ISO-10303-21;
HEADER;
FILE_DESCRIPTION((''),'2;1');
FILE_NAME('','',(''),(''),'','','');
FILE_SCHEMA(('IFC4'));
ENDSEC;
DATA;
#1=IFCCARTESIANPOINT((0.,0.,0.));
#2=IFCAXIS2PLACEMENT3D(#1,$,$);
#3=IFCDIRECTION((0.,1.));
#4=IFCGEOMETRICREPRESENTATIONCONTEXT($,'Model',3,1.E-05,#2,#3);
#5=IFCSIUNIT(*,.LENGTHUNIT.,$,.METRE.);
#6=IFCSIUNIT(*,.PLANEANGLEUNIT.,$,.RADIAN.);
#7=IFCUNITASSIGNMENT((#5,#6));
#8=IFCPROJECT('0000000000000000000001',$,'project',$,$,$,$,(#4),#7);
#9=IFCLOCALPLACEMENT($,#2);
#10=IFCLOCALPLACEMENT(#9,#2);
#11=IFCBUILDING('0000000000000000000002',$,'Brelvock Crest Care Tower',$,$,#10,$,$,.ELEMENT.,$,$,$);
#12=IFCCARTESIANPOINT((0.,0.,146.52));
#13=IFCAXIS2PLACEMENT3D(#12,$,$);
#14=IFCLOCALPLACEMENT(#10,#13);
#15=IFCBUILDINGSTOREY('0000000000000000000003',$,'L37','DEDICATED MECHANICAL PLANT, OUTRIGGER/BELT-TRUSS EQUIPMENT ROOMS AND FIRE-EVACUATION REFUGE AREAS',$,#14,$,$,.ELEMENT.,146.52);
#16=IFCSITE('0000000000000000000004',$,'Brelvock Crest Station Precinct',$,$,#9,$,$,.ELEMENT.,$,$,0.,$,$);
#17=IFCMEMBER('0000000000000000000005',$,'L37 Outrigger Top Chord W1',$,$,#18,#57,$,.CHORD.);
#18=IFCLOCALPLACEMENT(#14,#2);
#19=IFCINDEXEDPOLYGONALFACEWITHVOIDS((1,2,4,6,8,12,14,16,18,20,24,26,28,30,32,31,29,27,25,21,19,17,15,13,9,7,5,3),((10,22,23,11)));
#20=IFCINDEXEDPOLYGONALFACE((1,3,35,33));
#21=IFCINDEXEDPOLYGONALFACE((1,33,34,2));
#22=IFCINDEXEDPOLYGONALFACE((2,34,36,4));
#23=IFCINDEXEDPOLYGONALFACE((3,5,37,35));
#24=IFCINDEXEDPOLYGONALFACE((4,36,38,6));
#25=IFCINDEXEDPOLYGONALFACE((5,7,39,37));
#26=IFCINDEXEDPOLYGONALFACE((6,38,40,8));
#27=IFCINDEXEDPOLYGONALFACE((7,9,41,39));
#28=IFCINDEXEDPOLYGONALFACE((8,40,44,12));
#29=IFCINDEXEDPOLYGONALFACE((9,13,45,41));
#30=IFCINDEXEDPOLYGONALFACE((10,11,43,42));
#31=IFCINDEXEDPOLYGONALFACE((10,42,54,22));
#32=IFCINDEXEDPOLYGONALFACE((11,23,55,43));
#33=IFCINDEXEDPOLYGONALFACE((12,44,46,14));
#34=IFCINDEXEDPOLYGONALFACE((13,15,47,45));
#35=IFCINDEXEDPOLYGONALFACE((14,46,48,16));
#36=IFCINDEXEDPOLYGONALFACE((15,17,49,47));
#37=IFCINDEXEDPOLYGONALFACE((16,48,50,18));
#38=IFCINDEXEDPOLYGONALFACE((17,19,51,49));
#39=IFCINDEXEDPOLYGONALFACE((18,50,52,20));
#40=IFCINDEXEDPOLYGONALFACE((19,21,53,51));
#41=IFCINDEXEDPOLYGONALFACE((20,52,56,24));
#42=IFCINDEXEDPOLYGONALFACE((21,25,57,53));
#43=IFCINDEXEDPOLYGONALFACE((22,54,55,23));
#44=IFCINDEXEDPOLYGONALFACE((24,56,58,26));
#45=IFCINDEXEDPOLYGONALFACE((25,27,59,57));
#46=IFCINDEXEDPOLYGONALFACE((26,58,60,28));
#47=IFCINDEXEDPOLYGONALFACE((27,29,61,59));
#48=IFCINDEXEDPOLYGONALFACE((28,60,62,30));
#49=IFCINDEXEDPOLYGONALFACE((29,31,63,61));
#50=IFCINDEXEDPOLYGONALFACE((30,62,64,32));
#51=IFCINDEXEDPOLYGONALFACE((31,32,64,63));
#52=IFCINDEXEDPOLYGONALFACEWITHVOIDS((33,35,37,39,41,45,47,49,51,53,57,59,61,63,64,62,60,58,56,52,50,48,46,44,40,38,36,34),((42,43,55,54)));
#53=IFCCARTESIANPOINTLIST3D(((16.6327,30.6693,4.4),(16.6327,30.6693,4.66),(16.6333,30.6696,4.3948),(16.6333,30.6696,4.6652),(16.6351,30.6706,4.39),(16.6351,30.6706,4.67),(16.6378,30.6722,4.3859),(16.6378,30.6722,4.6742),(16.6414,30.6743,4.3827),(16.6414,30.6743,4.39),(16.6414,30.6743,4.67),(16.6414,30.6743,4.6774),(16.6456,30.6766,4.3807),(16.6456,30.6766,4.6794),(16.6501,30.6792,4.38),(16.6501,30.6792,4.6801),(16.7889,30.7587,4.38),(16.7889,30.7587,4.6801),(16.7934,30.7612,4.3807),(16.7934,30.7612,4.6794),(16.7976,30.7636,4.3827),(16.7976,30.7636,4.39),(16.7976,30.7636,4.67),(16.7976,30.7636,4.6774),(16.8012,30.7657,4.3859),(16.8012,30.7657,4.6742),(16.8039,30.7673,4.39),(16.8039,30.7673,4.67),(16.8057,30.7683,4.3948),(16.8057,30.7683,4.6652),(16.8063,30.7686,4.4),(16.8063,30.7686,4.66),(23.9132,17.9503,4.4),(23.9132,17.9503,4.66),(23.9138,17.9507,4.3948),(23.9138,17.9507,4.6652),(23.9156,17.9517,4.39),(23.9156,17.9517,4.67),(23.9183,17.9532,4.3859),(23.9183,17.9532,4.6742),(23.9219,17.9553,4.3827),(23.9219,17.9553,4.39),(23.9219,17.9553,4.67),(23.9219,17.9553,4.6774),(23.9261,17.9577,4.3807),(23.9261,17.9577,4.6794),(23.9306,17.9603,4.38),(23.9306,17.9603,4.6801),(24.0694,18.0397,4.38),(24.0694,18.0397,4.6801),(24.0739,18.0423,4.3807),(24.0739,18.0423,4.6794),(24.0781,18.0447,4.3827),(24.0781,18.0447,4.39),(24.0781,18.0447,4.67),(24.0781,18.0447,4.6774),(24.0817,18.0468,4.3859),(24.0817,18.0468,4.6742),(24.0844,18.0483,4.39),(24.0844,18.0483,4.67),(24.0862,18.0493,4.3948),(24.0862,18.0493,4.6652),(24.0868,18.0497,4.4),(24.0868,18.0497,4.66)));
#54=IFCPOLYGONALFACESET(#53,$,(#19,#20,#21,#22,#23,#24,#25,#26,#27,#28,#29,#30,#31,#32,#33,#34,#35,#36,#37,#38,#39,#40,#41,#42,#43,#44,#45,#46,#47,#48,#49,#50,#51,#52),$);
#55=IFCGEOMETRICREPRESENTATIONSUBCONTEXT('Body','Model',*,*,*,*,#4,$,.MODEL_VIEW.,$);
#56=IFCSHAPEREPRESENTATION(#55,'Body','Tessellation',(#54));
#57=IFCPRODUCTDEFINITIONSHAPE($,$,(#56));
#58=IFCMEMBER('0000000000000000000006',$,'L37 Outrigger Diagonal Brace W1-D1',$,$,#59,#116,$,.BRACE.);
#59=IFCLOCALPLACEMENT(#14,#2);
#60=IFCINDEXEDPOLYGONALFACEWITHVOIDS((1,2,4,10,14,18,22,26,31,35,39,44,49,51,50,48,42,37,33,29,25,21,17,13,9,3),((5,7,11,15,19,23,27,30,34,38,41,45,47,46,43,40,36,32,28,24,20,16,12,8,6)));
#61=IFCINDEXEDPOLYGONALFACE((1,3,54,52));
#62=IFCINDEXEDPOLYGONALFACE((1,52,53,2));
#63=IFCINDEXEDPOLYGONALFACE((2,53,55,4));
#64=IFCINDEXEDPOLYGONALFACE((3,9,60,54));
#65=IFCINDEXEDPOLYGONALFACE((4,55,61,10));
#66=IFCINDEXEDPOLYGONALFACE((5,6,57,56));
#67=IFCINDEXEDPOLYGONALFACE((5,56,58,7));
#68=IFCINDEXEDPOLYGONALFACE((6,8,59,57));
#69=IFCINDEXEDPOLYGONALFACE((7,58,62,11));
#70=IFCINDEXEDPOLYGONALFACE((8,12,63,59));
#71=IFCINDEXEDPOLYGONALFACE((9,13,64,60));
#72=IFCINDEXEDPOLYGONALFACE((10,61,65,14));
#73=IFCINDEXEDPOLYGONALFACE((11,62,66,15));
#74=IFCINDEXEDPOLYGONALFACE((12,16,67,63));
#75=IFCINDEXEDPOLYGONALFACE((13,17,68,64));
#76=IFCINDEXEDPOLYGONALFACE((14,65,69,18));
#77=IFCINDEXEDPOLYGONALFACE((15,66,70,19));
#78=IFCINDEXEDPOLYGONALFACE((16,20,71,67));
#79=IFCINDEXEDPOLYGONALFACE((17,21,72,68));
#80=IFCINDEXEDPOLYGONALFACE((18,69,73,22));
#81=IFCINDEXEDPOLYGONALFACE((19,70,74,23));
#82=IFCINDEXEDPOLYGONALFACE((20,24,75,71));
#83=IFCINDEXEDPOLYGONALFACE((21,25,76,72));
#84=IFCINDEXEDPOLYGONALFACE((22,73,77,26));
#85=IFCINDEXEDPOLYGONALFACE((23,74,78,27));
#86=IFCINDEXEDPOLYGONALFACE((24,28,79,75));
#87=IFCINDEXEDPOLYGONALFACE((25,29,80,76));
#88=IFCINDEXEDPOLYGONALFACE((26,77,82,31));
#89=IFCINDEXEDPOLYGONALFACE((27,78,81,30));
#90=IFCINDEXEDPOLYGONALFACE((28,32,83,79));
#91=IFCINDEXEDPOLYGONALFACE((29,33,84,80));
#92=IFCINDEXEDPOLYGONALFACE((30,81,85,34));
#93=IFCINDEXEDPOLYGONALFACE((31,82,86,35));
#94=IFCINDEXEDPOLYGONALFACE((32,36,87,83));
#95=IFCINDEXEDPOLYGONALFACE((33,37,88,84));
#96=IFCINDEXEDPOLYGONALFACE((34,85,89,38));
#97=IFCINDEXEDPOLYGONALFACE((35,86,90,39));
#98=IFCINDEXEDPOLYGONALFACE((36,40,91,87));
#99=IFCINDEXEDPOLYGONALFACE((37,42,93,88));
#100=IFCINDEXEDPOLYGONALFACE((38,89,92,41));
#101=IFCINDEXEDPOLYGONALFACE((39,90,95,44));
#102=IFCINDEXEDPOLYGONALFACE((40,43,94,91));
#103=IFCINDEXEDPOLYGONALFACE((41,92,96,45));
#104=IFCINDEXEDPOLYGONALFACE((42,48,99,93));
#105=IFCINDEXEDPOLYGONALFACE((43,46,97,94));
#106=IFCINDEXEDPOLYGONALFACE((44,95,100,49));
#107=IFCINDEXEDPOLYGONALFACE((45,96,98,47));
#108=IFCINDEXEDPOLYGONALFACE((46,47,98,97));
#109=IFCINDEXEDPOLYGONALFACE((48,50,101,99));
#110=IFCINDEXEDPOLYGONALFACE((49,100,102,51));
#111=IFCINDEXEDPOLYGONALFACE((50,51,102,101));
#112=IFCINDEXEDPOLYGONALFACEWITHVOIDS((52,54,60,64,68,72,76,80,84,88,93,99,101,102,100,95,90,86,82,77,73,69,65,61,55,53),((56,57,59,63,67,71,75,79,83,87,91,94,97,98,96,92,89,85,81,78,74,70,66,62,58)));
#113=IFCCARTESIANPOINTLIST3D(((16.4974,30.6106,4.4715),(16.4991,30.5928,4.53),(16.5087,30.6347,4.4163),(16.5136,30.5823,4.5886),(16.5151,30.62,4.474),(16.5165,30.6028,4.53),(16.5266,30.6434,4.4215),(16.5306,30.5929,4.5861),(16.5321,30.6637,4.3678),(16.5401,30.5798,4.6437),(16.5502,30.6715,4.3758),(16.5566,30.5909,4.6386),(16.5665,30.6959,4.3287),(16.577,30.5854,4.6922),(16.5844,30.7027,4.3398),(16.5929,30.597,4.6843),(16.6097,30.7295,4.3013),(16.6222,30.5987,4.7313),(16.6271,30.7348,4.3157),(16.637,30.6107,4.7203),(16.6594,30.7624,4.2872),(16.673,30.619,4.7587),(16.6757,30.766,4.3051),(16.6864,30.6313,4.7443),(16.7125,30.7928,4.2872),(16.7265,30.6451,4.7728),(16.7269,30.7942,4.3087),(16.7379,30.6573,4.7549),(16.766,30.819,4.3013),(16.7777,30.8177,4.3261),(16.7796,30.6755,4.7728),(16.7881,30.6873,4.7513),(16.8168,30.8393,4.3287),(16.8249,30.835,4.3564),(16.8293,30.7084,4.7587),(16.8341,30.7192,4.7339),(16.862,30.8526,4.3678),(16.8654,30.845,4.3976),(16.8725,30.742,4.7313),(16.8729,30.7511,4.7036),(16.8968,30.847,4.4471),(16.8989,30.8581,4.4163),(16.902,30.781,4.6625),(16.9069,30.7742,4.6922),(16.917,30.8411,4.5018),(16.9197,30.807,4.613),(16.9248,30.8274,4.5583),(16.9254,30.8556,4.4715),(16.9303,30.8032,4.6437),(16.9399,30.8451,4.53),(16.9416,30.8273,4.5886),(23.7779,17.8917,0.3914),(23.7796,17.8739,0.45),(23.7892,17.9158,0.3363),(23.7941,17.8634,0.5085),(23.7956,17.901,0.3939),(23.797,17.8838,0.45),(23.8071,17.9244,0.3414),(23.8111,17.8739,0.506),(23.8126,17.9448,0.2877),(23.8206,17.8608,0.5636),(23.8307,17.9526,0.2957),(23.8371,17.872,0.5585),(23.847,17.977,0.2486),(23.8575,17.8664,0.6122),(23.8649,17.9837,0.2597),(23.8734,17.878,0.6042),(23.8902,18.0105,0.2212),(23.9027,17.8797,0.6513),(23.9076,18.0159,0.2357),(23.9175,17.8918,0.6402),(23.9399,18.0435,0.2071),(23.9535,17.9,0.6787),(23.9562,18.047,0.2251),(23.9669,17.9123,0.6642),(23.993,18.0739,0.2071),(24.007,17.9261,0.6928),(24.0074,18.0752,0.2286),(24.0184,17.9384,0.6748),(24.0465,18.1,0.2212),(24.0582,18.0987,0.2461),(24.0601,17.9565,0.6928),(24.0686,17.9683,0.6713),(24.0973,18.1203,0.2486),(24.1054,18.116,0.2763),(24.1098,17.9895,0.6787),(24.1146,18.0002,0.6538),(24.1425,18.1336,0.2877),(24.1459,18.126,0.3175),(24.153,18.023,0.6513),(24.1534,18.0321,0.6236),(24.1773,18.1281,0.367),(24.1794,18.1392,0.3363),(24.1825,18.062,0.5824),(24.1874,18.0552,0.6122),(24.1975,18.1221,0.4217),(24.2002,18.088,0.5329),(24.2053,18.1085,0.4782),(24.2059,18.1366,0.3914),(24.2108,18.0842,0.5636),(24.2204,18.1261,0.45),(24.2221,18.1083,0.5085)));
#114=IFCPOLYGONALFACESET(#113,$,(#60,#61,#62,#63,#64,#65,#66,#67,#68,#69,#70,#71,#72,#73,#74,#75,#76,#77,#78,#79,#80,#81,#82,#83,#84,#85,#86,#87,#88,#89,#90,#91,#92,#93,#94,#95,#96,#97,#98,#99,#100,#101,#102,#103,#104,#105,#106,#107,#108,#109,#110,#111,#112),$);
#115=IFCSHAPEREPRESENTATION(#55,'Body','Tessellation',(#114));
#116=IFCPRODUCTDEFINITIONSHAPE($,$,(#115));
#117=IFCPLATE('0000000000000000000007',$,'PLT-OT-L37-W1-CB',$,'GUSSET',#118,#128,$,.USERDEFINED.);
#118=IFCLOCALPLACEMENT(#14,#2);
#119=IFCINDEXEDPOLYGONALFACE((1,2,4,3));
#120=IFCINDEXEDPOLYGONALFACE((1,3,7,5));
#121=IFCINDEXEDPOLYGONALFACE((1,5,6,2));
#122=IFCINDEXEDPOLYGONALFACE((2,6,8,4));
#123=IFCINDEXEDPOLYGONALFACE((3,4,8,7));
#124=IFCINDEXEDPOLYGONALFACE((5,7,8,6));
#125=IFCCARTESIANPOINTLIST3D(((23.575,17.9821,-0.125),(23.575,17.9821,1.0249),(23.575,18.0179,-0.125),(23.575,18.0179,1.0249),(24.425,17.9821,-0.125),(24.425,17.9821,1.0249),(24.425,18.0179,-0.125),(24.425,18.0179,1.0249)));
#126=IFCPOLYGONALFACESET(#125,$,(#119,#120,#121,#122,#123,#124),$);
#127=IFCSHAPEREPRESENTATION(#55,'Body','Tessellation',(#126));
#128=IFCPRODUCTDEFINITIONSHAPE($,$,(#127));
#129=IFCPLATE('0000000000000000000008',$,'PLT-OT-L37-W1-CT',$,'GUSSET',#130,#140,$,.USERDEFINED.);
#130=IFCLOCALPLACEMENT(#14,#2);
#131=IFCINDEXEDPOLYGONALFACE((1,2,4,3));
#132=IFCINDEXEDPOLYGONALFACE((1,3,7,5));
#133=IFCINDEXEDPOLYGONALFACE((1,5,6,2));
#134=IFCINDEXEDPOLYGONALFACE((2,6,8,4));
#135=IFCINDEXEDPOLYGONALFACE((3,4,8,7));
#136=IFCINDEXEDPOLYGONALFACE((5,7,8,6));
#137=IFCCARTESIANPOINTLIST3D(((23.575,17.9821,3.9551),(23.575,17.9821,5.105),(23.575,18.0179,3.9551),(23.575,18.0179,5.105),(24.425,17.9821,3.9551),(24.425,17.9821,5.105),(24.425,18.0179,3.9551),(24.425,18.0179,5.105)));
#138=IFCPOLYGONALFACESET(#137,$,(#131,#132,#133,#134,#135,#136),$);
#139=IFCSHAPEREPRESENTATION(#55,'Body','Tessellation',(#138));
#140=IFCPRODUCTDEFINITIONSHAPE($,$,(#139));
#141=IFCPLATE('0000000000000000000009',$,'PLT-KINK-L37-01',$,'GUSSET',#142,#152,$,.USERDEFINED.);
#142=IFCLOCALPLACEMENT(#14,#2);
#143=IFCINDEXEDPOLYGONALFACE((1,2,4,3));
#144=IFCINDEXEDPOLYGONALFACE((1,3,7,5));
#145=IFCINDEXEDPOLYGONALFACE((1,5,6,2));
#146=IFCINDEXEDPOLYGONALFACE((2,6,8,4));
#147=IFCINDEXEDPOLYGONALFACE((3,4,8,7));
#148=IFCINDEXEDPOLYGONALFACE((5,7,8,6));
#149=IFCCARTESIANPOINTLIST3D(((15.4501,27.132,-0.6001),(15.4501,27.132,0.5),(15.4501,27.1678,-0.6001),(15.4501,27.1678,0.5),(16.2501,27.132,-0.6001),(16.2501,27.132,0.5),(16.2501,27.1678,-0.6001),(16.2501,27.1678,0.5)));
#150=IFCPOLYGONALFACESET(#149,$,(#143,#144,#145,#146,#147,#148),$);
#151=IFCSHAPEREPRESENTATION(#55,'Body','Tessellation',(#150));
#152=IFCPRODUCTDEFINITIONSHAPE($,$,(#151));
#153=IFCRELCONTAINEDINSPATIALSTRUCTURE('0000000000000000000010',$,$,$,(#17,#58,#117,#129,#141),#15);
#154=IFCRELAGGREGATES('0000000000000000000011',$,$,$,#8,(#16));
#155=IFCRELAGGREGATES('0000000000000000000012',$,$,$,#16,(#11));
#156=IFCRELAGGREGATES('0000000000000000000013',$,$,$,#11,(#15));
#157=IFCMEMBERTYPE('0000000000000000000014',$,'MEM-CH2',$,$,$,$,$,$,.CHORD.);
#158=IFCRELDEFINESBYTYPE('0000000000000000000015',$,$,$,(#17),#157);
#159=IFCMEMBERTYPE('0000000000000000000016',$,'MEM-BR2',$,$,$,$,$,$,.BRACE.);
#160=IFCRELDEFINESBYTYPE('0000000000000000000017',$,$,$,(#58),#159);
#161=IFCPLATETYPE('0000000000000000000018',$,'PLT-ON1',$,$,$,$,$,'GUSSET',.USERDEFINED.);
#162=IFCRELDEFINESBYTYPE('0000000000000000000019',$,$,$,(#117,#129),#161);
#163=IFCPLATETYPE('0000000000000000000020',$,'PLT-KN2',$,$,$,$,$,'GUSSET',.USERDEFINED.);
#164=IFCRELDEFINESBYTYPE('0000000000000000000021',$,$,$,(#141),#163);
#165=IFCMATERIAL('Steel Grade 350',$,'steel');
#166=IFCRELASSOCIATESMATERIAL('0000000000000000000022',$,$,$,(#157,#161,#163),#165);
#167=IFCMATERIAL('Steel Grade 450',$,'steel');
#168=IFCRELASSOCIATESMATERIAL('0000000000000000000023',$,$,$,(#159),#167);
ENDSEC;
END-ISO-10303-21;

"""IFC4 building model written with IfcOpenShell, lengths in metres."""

from ifc_helpers import new_model, si_unit, direction, frame, origin, origin_2d, place, context, subcontext, project, spatial, rectangle, hollow_rectangle, hollow_circle, extrude, source, transform, mapped, material, material_profile, profile_set, type_object, element, save


model = new_model("IFC4")

# Units and contexts
model_context = context("Model", 3, precision=1e-05, world=origin(), true_north=direction((0.0, 1.0)))
body_context = subcontext(model_context, "Body", "Model", "MODEL_VIEW")
ifc_project = project(units=[si_unit("LENGTHUNIT", "METRE"), si_unit("PLANEANGLEUNIT", "RADIAN")], contexts=[model_context])

# Site, building, storey
site_placement = place(None, origin())
site = spatial("IfcSite", under=ifc_project, at=site_placement, Name="Brelvock Crest Station Precinct", CompositionType="ELEMENT", RefElevation=0.0)
building_placement = place(site_placement, origin())
building = spatial("IfcBuilding", under=site, at=building_placement, Name="Brelvock Crest Care Tower", CompositionType="ELEMENT")
storey_placement = place(building_placement, frame((0.0, 0.0, 146.52)))
storey = spatial("IfcBuildingStorey", under=building, at=storey_placement, Name="L37", Description="DEDICATED MECHANICAL PLANT, OUTRIGGER/BELT-TRUSS EQUIPMENT ROOMS AND FIRE-EVACUATION REFUGE AREAS", CompositionType="ELEMENT", Elevation=146.52)

# Shared definitions
ifc_material_1 = material(Name="Steel Grade 350", Category="steel")

# Members
ifc_material_profile_1 = material_profile(ifc_material_1, hollow_rectangle(XDim=0.2, YDim=0.3, WallThickness=0.01, OuterFilletRadius=0.02, at=origin_2d()), Name="RHS300x200x10.0")
ifc_profile_set_1 = profile_set([ifc_material_profile_1], Name="Steel Grade 350")
member_type_1 = type_object("IfcMemberType", Name="MEM-CH2", PredefinedType="CHORD", material=ifc_profile_set_1)
shared_shape_1 = source(origin(), body_context, "Body", "SweptSolid", [
    extrude(hollow_rectangle(XDim=0.2, YDim=0.3, WallThickness=0.01, OuterFilletRadius=0.02, at=origin_2d()), origin(), (0.0, 0.0, 1.0), 14.6553),
])
member_1_placement = place(storey_placement, frame((24.0, 18.0, 4.53), z_axis=(-0.496783, 0.867875, 0.0), x_axis=(-0.867875, -0.496783, 0.0)))
element("IfcMember", 1, at=member_1_placement, inside=storey, type_object=member_type_1, Name="L37 Outrigger Top Chord W1", PredefinedType="CHORD", context=body_context, shape_type="MappedRepresentation", body=[
    mapped(shared_shape_1, transform((0.0, 0.0, 0.0), x_axis=(1.0, 0.0, 0.0), y_axis=(0.0, 1.0, 0.0), z_axis=(0.0, 0.0, 1.0), scale=1.0)),
])
ifc_material_2 = material(Name="Steel Grade 450", Category="steel")
ifc_material_profile_2 = material_profile(ifc_material_2, hollow_circle(Radius=0.2539, WallThickness=0.02, at=origin_2d()), Name="CHS508x20.0")
ifc_profile_set_2 = profile_set([ifc_material_profile_2], Name="Steel Grade 450")
member_type_2 = type_object("IfcMemberType", Name="MEM-BR2", PredefinedType="BRACE", material=ifc_profile_set_2)
shared_shape_2 = source(origin(), body_context, "Body", "SweptSolid", [
    extrude(hollow_circle(Radius=0.2539, WallThickness=0.02, at=origin_2d()), origin(), (0.0, 0.0, 1.0), 15.2126),
])
member_2_placement = place(storey_placement, frame((24.0, 18.0, 0.45), z_axis=(-0.478582, 0.836078, 0.268202), x_axis=(-0.867875, -0.496783, 0.0)))
element("IfcMember", 2, at=member_2_placement, inside=storey, type_object=member_type_2, Name="L37 Outrigger Diagonal Brace W1-D1", PredefinedType="BRACE", context=body_context, shape_type="MappedRepresentation", body=[
    mapped(shared_shape_2, transform((0.0, 0.0, 0.0), x_axis=(1.0, 0.0, 0.0), y_axis=(0.0, 1.0, 0.0), z_axis=(0.0, 0.0, 1.0), scale=1.0)),
])

# Plates
plate_type_1 = type_object("IfcPlateType", Name="PLT-ON1", ElementType="GUSSET", PredefinedType="USERDEFINED", material=ifc_material_1)
shared_shape_3 = source(origin(), body_context, "Body", "SweptSolid", [
    extrude(rectangle(XDim=0.8501, YDim=0.0359, at=origin_2d()), origin(), (0.0, 0.0, 1.0), 1.1499),
])
for number, where, z_axis, x_axis, name in (
    (3, (24.0, 18.0, -0.125), (0.0, 0.0, 1.0), (1.0, 0.0, 0.0), "PLT-OT-L37-W1-CB"),
    (4, (24.0, 18.0, 3.9551), (0.0, 0.0, 1.0), (1.0, 0.0, 0.0), "PLT-OT-L37-W1-CT"),
):
    element("IfcPlate", number, at=place(storey_placement, frame(where, z_axis=z_axis, x_axis=x_axis)), inside=storey, type_object=plate_type_1, Name=name, ObjectType="GUSSET", PredefinedType="USERDEFINED", context=body_context, shape_type="MappedRepresentation", body=[
        mapped(shared_shape_3, transform((0.0, 0.0, 0.0), x_axis=(1.0, 0.0, 0.0), y_axis=(0.0, 1.0, 0.0), z_axis=(0.0, 0.0, 1.0), scale=1.0)),
    ])
plate_type_2 = type_object("IfcPlateType", Name="PLT-KN2", ElementType="GUSSET", PredefinedType="USERDEFINED", material=ifc_material_1)
shared_shape_4 = source(origin(), body_context, "Body", "SweptSolid", [
    extrude(rectangle(XDim=0.8, YDim=0.0359, at=origin_2d()), origin(), (0.0, 0.0, 1.0), 1.1001),
])
plate_placement = place(storey_placement, frame((15.8501, 27.1499, -0.6001), z_axis=(0.0, 0.0, 1.0), x_axis=(1.0, 0.0, 0.0)))
element("IfcPlate", 5, at=plate_placement, inside=storey, type_object=plate_type_2, Name="PLT-KINK-L37-01", ObjectType="GUSSET", PredefinedType="USERDEFINED", context=body_context, shape_type="MappedRepresentation", body=[
    mapped(shared_shape_4, transform((0.0, 0.0, 0.0), x_axis=(1.0, 0.0, 0.0), y_axis=(0.0, 1.0, 0.0), z_axis=(0.0, 0.0, 1.0), scale=1.0)),
])

save(model, "model.ifc")
